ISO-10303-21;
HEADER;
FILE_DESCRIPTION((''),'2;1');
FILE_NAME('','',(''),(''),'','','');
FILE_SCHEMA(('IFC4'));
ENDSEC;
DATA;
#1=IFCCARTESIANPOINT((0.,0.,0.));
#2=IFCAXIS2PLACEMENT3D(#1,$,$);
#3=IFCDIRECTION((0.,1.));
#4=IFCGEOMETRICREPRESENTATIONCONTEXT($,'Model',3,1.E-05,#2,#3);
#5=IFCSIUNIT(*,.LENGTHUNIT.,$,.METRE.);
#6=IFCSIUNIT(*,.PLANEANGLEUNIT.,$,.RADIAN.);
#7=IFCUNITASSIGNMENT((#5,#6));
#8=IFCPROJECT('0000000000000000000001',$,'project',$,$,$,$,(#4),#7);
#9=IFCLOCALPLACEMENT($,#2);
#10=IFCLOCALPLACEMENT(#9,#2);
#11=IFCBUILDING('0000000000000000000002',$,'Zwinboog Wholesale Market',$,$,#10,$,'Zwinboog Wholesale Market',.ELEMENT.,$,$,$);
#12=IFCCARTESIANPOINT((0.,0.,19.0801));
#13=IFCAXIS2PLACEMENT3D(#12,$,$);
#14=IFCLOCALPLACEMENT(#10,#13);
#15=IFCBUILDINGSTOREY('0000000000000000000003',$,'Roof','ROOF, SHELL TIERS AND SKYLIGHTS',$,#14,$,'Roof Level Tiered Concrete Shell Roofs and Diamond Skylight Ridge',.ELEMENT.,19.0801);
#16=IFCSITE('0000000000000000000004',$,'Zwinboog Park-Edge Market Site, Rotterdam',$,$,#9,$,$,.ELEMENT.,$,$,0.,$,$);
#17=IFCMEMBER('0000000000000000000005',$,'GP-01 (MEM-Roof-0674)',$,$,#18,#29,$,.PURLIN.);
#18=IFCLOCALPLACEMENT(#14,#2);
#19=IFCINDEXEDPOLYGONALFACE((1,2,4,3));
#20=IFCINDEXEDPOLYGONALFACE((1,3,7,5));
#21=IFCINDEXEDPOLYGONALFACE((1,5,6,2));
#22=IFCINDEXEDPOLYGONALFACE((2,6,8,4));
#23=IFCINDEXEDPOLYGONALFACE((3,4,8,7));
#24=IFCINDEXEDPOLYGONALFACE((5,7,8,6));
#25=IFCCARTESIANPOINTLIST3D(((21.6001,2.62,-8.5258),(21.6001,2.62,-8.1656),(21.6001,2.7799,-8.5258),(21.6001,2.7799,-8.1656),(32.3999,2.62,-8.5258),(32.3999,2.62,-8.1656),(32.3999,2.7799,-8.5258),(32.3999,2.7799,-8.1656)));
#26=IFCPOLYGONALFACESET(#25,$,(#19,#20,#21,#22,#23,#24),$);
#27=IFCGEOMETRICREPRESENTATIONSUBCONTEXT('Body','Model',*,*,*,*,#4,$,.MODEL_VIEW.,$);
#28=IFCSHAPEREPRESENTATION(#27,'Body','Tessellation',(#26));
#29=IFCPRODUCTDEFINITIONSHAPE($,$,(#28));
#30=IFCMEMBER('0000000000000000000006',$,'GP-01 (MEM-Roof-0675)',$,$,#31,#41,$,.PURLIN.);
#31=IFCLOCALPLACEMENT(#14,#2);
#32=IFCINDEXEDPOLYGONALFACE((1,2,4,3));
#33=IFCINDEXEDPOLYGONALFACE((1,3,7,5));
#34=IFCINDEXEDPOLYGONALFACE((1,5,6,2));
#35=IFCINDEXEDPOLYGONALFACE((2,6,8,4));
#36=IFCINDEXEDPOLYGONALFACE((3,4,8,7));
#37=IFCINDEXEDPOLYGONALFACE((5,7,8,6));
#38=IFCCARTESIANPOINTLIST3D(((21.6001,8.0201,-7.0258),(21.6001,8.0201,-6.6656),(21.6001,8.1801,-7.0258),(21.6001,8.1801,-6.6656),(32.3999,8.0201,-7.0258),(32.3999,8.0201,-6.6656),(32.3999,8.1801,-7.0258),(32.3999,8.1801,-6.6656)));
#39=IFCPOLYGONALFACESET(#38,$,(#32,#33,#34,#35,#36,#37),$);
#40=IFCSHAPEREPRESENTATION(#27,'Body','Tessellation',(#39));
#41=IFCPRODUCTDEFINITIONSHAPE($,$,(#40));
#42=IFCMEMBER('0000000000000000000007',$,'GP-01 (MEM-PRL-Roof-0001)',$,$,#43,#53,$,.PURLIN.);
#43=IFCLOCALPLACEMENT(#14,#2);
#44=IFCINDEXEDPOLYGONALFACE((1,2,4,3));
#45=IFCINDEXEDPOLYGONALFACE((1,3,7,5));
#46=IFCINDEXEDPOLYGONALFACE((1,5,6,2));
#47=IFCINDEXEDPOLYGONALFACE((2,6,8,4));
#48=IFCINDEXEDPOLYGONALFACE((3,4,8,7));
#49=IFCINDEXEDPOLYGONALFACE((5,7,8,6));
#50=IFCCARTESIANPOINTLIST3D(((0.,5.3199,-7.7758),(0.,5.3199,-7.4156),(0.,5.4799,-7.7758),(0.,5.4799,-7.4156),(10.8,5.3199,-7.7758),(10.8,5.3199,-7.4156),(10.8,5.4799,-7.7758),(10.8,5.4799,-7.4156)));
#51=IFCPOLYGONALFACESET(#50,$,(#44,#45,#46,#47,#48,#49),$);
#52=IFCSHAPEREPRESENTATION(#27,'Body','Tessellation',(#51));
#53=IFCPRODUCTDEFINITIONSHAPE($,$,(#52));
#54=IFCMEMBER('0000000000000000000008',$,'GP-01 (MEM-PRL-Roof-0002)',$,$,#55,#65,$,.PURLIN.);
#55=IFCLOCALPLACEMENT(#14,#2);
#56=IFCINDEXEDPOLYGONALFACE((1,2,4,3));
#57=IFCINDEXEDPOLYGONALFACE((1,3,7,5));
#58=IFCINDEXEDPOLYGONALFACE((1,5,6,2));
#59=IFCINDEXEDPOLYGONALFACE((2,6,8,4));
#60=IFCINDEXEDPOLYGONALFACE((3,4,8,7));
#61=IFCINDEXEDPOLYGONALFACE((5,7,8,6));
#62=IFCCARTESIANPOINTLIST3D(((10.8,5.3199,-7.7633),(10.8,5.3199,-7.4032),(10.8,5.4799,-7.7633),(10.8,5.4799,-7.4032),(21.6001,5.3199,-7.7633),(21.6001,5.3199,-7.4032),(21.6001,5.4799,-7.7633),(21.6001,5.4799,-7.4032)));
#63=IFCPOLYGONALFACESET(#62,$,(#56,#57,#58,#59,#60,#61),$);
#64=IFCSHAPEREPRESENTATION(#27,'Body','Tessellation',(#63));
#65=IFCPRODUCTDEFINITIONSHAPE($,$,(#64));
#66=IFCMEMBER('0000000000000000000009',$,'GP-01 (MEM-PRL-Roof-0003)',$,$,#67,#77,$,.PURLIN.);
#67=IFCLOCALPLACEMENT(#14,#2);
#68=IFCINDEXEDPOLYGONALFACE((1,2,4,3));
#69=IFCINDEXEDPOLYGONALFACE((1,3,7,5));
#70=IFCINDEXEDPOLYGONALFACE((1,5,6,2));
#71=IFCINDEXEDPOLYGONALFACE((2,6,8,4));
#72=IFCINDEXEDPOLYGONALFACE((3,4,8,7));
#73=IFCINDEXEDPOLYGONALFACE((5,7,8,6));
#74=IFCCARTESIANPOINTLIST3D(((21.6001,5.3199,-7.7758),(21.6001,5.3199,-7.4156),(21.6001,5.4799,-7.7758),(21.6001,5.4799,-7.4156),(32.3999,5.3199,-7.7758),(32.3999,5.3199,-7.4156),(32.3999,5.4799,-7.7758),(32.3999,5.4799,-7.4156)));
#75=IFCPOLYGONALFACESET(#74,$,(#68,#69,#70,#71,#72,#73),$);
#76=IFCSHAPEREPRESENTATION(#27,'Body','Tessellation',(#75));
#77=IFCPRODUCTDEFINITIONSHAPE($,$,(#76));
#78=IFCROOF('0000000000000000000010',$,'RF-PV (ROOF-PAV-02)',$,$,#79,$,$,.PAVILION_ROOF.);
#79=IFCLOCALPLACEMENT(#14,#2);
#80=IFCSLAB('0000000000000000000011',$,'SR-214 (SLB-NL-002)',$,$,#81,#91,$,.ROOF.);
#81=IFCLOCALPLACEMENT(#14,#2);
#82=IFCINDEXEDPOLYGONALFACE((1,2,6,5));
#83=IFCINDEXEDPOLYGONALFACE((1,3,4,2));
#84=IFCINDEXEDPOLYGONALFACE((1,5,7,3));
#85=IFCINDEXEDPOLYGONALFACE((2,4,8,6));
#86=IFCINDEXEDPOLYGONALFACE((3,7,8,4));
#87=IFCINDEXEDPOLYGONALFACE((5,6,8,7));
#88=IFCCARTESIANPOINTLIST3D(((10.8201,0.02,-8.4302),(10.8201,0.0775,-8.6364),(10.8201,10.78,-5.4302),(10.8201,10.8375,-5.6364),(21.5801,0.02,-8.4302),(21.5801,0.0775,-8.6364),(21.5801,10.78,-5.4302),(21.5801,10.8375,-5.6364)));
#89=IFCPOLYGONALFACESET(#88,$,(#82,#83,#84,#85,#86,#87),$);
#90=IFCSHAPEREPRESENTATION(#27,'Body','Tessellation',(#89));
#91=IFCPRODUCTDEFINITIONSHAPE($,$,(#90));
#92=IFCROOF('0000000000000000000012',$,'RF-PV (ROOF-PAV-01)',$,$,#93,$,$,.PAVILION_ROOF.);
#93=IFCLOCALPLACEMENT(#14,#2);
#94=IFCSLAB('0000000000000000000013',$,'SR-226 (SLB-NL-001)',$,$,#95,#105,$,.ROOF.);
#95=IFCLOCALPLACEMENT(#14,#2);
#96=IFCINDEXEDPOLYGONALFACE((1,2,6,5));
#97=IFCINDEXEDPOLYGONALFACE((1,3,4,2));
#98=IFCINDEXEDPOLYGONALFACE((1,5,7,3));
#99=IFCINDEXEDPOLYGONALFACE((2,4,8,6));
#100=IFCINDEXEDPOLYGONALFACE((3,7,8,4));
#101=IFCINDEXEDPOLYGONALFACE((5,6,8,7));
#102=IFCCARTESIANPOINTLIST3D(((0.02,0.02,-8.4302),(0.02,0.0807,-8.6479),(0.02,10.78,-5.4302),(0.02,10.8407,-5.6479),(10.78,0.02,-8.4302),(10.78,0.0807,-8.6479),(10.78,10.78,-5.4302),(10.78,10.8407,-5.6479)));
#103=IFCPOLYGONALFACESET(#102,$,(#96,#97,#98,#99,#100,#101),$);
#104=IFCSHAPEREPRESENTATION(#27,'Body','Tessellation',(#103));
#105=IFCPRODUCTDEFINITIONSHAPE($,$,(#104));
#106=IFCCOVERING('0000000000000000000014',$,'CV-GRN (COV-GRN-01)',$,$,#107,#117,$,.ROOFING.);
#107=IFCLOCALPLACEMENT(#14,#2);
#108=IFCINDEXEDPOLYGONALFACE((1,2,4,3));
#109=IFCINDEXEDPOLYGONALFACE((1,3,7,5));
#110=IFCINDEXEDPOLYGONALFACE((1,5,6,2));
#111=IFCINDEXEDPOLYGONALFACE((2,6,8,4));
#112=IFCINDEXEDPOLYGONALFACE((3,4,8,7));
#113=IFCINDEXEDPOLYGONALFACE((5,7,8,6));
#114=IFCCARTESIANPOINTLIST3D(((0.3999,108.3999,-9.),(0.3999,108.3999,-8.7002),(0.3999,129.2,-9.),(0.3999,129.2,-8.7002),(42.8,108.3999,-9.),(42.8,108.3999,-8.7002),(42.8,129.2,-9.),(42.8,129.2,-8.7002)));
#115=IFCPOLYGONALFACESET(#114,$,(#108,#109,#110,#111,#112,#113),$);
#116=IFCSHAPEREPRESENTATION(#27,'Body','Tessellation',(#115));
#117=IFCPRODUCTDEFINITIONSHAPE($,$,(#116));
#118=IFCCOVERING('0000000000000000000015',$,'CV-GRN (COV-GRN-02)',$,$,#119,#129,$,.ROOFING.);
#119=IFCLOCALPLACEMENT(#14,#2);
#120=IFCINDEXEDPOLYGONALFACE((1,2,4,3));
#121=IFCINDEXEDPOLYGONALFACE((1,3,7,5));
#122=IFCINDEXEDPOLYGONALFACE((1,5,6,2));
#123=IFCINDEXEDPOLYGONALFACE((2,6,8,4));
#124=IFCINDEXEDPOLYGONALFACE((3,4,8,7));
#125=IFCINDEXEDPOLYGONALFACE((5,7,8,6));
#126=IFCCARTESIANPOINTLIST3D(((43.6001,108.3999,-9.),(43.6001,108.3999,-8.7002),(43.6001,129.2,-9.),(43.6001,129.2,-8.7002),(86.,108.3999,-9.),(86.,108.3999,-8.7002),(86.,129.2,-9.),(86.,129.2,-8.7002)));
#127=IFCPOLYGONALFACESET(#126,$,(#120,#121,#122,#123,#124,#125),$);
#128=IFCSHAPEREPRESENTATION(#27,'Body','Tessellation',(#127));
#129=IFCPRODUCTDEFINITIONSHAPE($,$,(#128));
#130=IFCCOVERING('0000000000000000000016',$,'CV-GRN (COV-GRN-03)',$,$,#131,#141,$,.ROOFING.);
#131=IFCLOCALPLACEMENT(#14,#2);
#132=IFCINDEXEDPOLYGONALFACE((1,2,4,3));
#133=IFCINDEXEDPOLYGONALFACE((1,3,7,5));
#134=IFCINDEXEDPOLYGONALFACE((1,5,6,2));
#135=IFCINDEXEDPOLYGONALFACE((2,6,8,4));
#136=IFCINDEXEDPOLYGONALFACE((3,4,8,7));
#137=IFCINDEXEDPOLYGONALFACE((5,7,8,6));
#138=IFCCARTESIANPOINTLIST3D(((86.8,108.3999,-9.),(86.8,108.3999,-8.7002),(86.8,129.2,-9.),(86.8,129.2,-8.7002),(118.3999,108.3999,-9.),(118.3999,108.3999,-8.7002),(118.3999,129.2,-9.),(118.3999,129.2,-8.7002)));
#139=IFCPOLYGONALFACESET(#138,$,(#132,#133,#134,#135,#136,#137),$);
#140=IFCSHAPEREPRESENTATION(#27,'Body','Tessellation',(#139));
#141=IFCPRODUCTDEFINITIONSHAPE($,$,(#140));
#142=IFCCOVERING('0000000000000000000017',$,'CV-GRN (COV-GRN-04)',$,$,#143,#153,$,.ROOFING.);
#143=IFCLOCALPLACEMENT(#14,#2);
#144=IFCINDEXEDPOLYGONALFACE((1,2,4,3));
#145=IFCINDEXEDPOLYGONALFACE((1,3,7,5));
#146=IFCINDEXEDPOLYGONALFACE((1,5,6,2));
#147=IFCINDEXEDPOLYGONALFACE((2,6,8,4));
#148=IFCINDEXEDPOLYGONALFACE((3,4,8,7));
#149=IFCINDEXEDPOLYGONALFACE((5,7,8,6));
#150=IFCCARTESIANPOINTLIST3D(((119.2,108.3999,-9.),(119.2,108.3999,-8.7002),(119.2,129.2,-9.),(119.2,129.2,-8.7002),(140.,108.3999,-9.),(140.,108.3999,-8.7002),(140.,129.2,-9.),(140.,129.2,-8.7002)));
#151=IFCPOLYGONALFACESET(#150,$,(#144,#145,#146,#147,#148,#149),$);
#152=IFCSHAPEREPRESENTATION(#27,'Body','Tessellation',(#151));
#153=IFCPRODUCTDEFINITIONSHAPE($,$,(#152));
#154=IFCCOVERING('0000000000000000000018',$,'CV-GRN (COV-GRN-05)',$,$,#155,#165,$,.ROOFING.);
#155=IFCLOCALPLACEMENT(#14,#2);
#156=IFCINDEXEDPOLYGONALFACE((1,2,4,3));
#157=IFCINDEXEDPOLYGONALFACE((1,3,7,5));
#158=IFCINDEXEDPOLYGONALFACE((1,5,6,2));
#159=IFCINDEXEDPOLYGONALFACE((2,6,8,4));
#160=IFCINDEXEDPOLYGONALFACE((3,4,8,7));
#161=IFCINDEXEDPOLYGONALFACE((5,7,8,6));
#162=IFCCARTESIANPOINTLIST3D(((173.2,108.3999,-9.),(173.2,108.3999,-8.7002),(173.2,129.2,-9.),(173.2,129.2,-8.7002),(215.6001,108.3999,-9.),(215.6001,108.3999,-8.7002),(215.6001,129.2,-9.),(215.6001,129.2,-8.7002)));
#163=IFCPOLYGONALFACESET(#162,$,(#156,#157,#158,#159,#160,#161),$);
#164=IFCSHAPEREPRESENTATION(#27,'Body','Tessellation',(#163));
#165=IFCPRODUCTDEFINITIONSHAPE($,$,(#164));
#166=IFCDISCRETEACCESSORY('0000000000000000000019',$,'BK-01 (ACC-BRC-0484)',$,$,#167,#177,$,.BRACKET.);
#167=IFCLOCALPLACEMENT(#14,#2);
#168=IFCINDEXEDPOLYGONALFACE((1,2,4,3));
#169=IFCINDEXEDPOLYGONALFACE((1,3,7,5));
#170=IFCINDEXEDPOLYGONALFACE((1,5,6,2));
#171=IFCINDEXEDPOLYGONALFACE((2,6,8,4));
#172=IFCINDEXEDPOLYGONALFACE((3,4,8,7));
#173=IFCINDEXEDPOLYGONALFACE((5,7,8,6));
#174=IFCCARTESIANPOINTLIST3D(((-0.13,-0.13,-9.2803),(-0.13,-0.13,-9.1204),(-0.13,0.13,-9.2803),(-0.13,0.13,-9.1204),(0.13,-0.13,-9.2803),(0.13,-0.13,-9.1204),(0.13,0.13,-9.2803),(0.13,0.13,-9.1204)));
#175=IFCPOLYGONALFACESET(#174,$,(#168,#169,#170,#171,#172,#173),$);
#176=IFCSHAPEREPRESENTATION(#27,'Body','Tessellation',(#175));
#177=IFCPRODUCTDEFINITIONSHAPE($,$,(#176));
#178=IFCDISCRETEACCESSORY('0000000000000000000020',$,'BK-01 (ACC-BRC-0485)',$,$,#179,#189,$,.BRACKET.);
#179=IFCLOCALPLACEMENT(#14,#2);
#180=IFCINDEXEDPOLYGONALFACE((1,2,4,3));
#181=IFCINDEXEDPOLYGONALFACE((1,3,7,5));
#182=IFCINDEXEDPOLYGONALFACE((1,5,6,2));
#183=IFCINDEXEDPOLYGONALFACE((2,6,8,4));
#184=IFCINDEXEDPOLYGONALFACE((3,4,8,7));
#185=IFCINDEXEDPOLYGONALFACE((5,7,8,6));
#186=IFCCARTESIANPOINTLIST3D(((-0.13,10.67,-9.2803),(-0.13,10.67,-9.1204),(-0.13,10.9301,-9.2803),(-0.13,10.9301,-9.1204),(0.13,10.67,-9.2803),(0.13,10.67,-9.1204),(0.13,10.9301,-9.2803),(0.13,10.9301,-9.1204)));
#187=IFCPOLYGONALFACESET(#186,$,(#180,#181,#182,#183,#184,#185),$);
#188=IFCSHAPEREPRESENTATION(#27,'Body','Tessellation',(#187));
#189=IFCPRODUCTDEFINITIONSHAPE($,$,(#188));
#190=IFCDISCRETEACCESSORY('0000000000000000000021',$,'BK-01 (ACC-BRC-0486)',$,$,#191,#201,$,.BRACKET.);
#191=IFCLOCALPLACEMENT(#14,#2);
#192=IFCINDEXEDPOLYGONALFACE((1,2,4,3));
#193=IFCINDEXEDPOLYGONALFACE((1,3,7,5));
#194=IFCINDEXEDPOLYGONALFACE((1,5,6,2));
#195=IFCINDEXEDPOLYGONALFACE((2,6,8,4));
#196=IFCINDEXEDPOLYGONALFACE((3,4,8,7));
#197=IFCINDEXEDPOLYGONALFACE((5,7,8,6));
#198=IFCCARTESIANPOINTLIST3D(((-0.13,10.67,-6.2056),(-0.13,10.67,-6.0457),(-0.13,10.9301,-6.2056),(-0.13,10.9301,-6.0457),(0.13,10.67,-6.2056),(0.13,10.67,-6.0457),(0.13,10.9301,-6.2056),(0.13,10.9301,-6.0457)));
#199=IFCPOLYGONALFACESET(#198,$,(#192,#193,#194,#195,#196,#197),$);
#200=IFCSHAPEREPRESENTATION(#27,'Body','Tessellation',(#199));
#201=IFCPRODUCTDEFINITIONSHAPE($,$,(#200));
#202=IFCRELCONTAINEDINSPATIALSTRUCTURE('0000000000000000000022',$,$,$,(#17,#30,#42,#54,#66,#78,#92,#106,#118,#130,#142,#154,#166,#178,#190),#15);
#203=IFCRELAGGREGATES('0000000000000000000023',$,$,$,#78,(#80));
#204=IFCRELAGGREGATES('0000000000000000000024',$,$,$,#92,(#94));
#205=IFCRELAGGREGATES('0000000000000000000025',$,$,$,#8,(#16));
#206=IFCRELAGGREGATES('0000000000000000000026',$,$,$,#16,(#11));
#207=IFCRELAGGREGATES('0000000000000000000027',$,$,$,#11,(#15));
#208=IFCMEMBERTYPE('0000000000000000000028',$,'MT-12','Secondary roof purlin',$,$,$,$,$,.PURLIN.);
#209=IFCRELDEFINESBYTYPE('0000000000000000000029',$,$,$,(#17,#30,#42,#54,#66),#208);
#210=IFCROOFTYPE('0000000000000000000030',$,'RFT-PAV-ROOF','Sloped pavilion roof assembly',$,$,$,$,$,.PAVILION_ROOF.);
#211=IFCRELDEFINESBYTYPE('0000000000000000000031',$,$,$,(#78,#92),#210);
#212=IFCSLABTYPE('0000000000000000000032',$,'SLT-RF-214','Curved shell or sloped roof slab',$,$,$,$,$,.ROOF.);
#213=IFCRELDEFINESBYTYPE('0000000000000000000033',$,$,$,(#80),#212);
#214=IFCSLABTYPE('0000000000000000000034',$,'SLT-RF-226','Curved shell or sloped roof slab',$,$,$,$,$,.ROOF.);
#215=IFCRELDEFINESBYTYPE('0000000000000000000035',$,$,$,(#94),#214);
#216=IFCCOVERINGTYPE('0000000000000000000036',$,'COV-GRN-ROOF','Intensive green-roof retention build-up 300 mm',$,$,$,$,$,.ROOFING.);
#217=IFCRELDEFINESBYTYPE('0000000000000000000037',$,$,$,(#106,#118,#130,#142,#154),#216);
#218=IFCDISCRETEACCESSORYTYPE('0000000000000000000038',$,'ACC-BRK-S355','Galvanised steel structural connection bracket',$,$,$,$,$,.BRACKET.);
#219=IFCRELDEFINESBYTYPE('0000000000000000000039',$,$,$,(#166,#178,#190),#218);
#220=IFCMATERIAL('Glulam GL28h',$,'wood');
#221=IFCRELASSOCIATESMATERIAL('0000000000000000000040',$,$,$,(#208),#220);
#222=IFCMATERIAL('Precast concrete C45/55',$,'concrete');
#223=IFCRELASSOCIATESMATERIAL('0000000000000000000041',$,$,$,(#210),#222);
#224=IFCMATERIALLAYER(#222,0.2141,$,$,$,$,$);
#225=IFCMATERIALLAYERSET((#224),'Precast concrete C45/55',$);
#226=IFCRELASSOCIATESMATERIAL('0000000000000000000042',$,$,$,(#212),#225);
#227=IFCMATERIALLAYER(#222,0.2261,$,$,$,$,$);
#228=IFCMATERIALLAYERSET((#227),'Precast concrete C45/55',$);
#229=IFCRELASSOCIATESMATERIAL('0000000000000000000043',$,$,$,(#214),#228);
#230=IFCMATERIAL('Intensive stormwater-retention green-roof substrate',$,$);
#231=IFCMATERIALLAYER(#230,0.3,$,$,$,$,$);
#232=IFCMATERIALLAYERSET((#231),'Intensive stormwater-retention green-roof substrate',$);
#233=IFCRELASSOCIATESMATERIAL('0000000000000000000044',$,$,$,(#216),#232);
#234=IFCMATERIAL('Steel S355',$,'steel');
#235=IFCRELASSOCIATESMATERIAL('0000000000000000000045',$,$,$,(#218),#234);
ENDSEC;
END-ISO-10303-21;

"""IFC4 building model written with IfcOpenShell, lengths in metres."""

from ifc_helpers import new_model, si_unit, direction, frame, origin, origin_2d, place, context, subcontext, project, spatial, polyline, rectangle, outline, extrude, material, layer, layer_set, material_profile, profile_set, type_object, element, aggregate, save


model = new_model("IFC4")

# Units and contexts
model_context = context("Model", 3, precision=1e-05, world=origin(), true_north=direction((0.0, 1.0)))
body_context = subcontext(model_context, "Body", "Model", "MODEL_VIEW")
ifc_project = project(units=[si_unit("LENGTHUNIT", "METRE"), si_unit("PLANEANGLEUNIT", "RADIAN")], contexts=[model_context])

# Site, building, storey
site_placement = place(None, origin())
site = spatial("IfcSite", under=ifc_project, at=site_placement, Name="Zwinboog Park-Edge Market Site, Rotterdam", CompositionType="ELEMENT", RefElevation=0.0)
building_placement = place(site_placement, origin())
building = spatial("IfcBuilding", under=site, at=building_placement, Name="Zwinboog Wholesale Market", LongName="Zwinboog Wholesale Market", CompositionType="ELEMENT")
storey_placement = place(building_placement, frame((0.0, 0.0, 19.0801)))
storey = spatial("IfcBuildingStorey", under=building, at=storey_placement, Name="Roof", Description="ROOF, SHELL TIERS AND SKYLIGHTS", LongName="Roof Level Tiered Concrete Shell Roofs and Diamond Skylight Ridge", CompositionType="ELEMENT", Elevation=19.0801)

# Shared definitions
ifc_material_1 = material(Name="Precast concrete C45/55", Category="concrete")

# Members
ifc_material_2 = material(Name="Steel S355", Category="steel")
ifc_material_3 = material(Name="Glulam GL28h", Category="wood")
ifc_material_profile_1 = material_profile(ifc_material_3, rectangle(XDim=0.1599, YDim=0.3601, at=origin_2d()), Name="GL28h 160x360")
ifc_profile_set_1 = profile_set([ifc_material_profile_1], Name="Glulam GL28h")
member_type_1 = type_object("IfcMemberType", Name="MT-12", Description="Secondary roof purlin", PredefinedType="PURLIN", material=ifc_profile_set_1)
for number, where, z_axis, x_axis, name in (
    (1, (21.6001, 2.7, -8.3457), (1.0, 0.0, 0.0), (0.0, 1.0, 0.0), "GP-01 (MEM-Roof-0674)"),
    (2, (21.6001, 8.1001, -6.8457), (1.0, 0.0, 0.0), (0.0, 1.0, 0.0), "GP-01 (MEM-Roof-0675)"),
):
    element("IfcMember", number, at=place(storey_placement, frame(where, z_axis=z_axis, x_axis=x_axis)), inside=storey, type_object=member_type_1, Name=name, PredefinedType="PURLIN", context=body_context, shape_type="SweptSolid", body=[
        extrude(rectangle(XDim=0.1599, YDim=0.3601, at=origin_2d()), origin(), (0.0, 0.0, 1.0), 10.7998),
    ])
for number, where, z_axis, x_axis, name in (
    (3, (0.0, 5.3999, -7.5957), (1.0, 0.0, 0.0), (0.0, 1.0, 0.0), "GP-01 (MEM-PRL-Roof-0001)"),
    (4, (10.8, 5.3999, -7.5833), (1.0, 0.0, 0.0), (0.0, 1.0, 0.0), "GP-01 (MEM-PRL-Roof-0002)"),
):
    element("IfcMember", number, at=place(storey_placement, frame(where, z_axis=z_axis, x_axis=x_axis)), inside=storey, type_object=member_type_1, Name=name, PredefinedType="PURLIN", context=body_context, shape_type="SweptSolid", body=[
        extrude(rectangle(XDim=0.1599, YDim=0.3601, at=origin_2d()), origin(), (0.0, 0.0, 1.0), 10.8),
    ])
member_1_placement = place(storey_placement, frame((21.6001, 5.3999, -7.5957), z_axis=(1.0, 0.0, 0.0), x_axis=(0.0, 1.0, 0.0)))
element("IfcMember", 5, at=member_1_placement, inside=storey, type_object=member_type_1, Name="GP-01 (MEM-PRL-Roof-0003)", PredefinedType="PURLIN", context=body_context, shape_type="SweptSolid", body=[
    extrude(rectangle(XDim=0.1599, YDim=0.3601, at=origin_2d()), origin(), (0.0, 0.0, 1.0), 10.7998),
])

# Roofs, slabs
roof_type = type_object("IfcRoofType", Name="RFT-PAV-ROOF", Description="Sloped pavilion roof assembly", PredefinedType="PAVILION_ROOF", material=ifc_material_1)
roof_1_placement = place(storey_placement, origin())
roof_1 = element("IfcRoof", 6, at=roof_1_placement, inside=storey, type_object=roof_type, Name="RF-PV (ROOF-PAV-02)", PredefinedType="PAVILION_ROOF")
ifc_layer_1 = layer(ifc_material_1, 0.2141)
ifc_layer_set_1 = layer_set([ifc_layer_1], Name="Precast concrete C45/55")
slab_type_1 = type_object("IfcSlabType", Name="SLT-RF-214", Description="Curved shell or sloped roof slab", PredefinedType="ROOF", material=ifc_layer_set_1)
slab_1_placement = place(storey_placement, frame((10.8201, 0.02, -8.4302), z_axis=(0.0, -0.268567, 0.963261), x_axis=(1.0, 0.0, 0.0)))
slab_1 = element("IfcSlab", 7, at=slab_1_placement, type_object=slab_type_1, Name="SR-214 (SLB-NL-002)", PredefinedType="ROOF", context=body_context, shape_type="SweptSolid", body=[
    extrude(outline(polyline([(0.0, 0.0), (10.76, 0.0), (10.76, 11.1704), (0.0, 11.1704), (0.0, 0.0)])), origin(), (0.0, 0.0, -1.0), 0.2141),
])
aggregate(roof_1, [slab_1])
roof_2_placement = place(storey_placement, origin())
roof_2 = element("IfcRoof", 8, at=roof_2_placement, inside=storey, type_object=roof_type, Name="RF-PV (ROOF-PAV-01)", PredefinedType="PAVILION_ROOF")
ifc_layer_2 = layer(ifc_material_1, 0.2261)
ifc_layer_set_2 = layer_set([ifc_layer_2], Name="Precast concrete C45/55")
slab_type_2 = type_object("IfcSlabType", Name="SLT-RF-226", Description="Curved shell or sloped roof slab", PredefinedType="ROOF", material=ifc_layer_set_2)
slab_2_placement = place(storey_placement, frame((0.02, 0.02, -8.4302), z_axis=(0.0, -0.268567, 0.963261), x_axis=(1.0, 0.0, 0.0)))
slab_2 = element("IfcSlab", 9, at=slab_2_placement, type_object=slab_type_2, Name="SR-226 (SLB-NL-001)", PredefinedType="ROOF", context=body_context, shape_type="SweptSolid", body=[
    extrude(outline(polyline([(0.0, 0.0), (10.76, 0.0), (10.76, 11.1704), (0.0, 11.1704), (0.0, 0.0)])), origin(), (0.0, 0.0, -1.0), 0.2261),
])
aggregate(roof_2, [slab_2])

# Coverings
ifc_material_4 = material(Name="Intensive stormwater-retention green-roof substrate")
ifc_layer_3 = layer(ifc_material_4, 0.3)
ifc_layer_set_3 = layer_set([ifc_layer_3], Name="Intensive stormwater-retention green-roof substrate")
covering_type = type_object("IfcCoveringType", Name="COV-GRN-ROOF", Description="Intensive green-roof retention build-up 300 mm", PredefinedType="ROOFING", material=ifc_layer_set_3)
covering_1_placement = place(storey_placement, frame((0.0, 0.0, -9.0)))
element("IfcCovering", 10, at=covering_1_placement, inside=storey, type_object=covering_type, Name="CV-GRN (COV-GRN-01)", PredefinedType="ROOFING", context=body_context, shape_type="SweptSolid", body=[
    extrude(outline(polyline([(0.3999, 108.3999), (42.8, 108.3999), (42.8, 129.2), (0.3999, 129.2), (0.3999, 108.3999)])), origin(), (0.0, 0.0, 1.0), 0.2998),
])
covering_2_placement = place(storey_placement, frame((0.0, 0.0, -9.0)))
element("IfcCovering", 11, at=covering_2_placement, inside=storey, type_object=covering_type, Name="CV-GRN (COV-GRN-02)", PredefinedType="ROOFING", context=body_context, shape_type="SweptSolid", body=[
    extrude(outline(polyline([(43.6001, 108.3999), (86.0, 108.3999), (86.0, 129.2), (43.6001, 129.2), (43.6001, 108.3999)])), origin(), (0.0, 0.0, 1.0), 0.2998),
])
covering_3_placement = place(storey_placement, frame((0.0, 0.0, -9.0)))
element("IfcCovering", 12, at=covering_3_placement, inside=storey, type_object=covering_type, Name="CV-GRN (COV-GRN-03)", PredefinedType="ROOFING", context=body_context, shape_type="SweptSolid", body=[
    extrude(outline(polyline([(86.8, 108.3999), (118.3999, 108.3999), (118.3999, 129.2), (86.8, 129.2), (86.8, 108.3999)])), origin(), (0.0, 0.0, 1.0), 0.2998),
])
covering_4_placement = place(storey_placement, frame((0.0, 0.0, -9.0)))
element("IfcCovering", 13, at=covering_4_placement, inside=storey, type_object=covering_type, Name="CV-GRN (COV-GRN-04)", PredefinedType="ROOFING", context=body_context, shape_type="SweptSolid", body=[
    extrude(outline(polyline([(119.2, 108.3999), (140.0, 108.3999), (140.0, 129.2), (119.2, 129.2), (119.2, 108.3999)])), origin(), (0.0, 0.0, 1.0), 0.2998),
])
covering_5_placement = place(storey_placement, frame((0.0, 0.0, -9.0)))
element("IfcCovering", 14, at=covering_5_placement, inside=storey, type_object=covering_type, Name="CV-GRN (COV-GRN-05)", PredefinedType="ROOFING", context=body_context, shape_type="SweptSolid", body=[
    extrude(outline(polyline([(173.2, 108.3999), (215.6001, 108.3999), (215.6001, 129.2), (173.2, 129.2), (173.2, 108.3999)])), origin(), (0.0, 0.0, 1.0), 0.2998),
])

# Discrete accessories
discrete_accessory_type = type_object("IfcDiscreteAccessoryType", Name="ACC-BRK-S355", Description="Galvanised steel structural connection bracket", PredefinedType="BRACKET", material=ifc_material_2)
for number, where, z_axis, x_axis, name in (
    (15, (0.0, 0.0, -9.2803), (0.0, 0.0, 1.0), (1.0, 0.0, 0.0), "BK-01 (ACC-BRC-0484)"),
    (16, (0.0, 10.8, -9.2803), (0.0, 0.0, 1.0), (1.0, 0.0, 0.0), "BK-01 (ACC-BRC-0485)"),
    (17, (0.0, 10.8, -6.2056), (0.0, 0.0, 1.0), (1.0, 0.0, 0.0), "BK-01 (ACC-BRC-0486)"),
):
    element("IfcDiscreteAccessory", number, at=place(storey_placement, frame(where, z_axis=z_axis, x_axis=x_axis)), inside=storey, type_object=discrete_accessory_type, Name=name, PredefinedType="BRACKET", context=body_context, shape_type="SweptSolid", body=[
        extrude(rectangle(XDim=0.26, YDim=0.26, at=origin_2d()), origin(), (0.0, 0.0, 1.0), 0.1599),
    ])

save(model, "model.ifc")
